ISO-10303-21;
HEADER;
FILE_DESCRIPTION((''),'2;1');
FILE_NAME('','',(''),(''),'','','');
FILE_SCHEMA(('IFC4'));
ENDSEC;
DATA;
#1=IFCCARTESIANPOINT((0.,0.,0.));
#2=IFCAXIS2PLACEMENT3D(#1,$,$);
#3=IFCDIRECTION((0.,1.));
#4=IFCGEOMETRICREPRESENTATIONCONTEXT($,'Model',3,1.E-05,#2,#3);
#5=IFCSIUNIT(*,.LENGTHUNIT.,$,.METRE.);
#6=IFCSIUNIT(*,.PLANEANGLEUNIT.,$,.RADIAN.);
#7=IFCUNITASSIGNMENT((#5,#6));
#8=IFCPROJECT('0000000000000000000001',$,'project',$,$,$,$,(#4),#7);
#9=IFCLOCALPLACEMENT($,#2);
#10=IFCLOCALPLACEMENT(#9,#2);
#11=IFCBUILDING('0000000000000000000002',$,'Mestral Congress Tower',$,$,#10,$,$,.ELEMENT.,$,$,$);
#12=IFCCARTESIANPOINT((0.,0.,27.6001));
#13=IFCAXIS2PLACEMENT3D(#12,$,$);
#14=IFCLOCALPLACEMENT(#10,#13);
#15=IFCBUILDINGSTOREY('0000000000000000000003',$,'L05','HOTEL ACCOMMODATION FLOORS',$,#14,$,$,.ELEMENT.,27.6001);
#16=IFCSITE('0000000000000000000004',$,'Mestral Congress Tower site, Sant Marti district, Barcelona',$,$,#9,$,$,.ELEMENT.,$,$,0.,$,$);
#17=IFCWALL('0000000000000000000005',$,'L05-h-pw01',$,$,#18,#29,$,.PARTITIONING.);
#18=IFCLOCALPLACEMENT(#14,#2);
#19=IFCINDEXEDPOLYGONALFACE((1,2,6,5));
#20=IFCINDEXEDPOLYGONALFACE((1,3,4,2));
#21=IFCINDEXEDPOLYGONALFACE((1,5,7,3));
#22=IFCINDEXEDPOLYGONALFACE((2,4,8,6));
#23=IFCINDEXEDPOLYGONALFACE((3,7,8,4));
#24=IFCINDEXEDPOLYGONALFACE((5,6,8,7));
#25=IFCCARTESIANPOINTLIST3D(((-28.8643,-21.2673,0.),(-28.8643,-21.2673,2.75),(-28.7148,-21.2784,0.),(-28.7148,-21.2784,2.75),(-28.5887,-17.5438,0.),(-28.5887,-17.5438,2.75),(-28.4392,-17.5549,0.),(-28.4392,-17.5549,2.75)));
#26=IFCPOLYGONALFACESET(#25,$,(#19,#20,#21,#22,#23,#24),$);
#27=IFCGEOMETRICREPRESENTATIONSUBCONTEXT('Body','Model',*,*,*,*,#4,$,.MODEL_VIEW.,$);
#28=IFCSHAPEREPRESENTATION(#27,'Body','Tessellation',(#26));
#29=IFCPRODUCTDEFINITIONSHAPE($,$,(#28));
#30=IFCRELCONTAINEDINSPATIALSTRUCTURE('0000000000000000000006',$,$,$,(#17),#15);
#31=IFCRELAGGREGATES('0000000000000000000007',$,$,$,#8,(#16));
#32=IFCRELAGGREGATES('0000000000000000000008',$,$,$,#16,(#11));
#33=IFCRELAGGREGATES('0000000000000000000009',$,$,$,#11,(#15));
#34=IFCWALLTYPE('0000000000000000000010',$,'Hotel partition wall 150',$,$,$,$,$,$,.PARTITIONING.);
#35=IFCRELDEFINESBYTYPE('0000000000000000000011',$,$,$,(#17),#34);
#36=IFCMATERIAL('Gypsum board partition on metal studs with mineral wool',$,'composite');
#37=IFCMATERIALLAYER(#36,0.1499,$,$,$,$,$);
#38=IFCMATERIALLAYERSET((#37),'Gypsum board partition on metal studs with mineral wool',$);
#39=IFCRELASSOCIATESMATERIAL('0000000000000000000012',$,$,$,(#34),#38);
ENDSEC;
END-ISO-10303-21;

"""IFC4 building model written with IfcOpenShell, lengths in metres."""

from ifc_helpers import new_model, si_unit, direction, frame, frame_2d, origin, place, context, subcontext, project, spatial, rectangle, extrude, material, layer, layer_set, type_object, element, save


model = new_model("IFC4")

# Units and contexts
model_context = context("Model", 3, precision=1e-05, world=origin(), true_north=direction((0.0, 1.0)))
body_context = subcontext(model_context, "Body", "Model", "MODEL_VIEW")
ifc_project = project(units=[si_unit("LENGTHUNIT", "METRE"), si_unit("PLANEANGLEUNIT", "RADIAN")], contexts=[model_context])

# Site, building, storey
site_placement = place(None, origin())
site = spatial("IfcSite", under=ifc_project, at=site_placement, Name="Mestral Congress Tower site, Sant Marti district, Barcelona", CompositionType="ELEMENT", RefElevation=0.0)
building_placement = place(site_placement, origin())
building = spatial("IfcBuilding", under=site, at=building_placement, Name="Mestral Congress Tower", CompositionType="ELEMENT")
storey_placement = place(building_placement, frame((0.0, 0.0, 27.6001)))
storey = spatial("IfcBuildingStorey", under=building, at=storey_placement, Name="L05", Description="HOTEL ACCOMMODATION FLOORS", CompositionType="ELEMENT", Elevation=27.6001)

# Shared definitions
ifc_material_1 = material(Name="Gypsum board partition on metal studs with mineral wool", Category="composite")

# Shared definitions
ifc_layer_1 = layer(ifc_material_1, 0.1499)
ifc_layer_set_1 = layer_set([ifc_layer_1], Name="Gypsum board partition on metal studs with mineral wool")
wall_type_1 = type_object("IfcWallType", Name="Hotel partition wall 150", PredefinedType="PARTITIONING", material=ifc_layer_set_1)

# Wall
wall_1_placement = place(storey_placement, frame((-28.7896, -21.2727, 0.0), z_axis=(0.0, 0.0, 1.0), x_axis=(0.073826, 0.997271, 0.0)))
element("IfcWall", 1, at=wall_1_placement, inside=storey, type_object=wall_type_1, Name="L05-h-pw01", PredefinedType="PARTITIONING", context=body_context, shape_type="SweptSolid", body=[
    extrude(rectangle(XDim=3.7336, YDim=0.1499, at=frame_2d((1.8667, 0.0))), origin(), (0.0, 0.0, 1.0), 2.75),
])

save(model, "model.ifc")
